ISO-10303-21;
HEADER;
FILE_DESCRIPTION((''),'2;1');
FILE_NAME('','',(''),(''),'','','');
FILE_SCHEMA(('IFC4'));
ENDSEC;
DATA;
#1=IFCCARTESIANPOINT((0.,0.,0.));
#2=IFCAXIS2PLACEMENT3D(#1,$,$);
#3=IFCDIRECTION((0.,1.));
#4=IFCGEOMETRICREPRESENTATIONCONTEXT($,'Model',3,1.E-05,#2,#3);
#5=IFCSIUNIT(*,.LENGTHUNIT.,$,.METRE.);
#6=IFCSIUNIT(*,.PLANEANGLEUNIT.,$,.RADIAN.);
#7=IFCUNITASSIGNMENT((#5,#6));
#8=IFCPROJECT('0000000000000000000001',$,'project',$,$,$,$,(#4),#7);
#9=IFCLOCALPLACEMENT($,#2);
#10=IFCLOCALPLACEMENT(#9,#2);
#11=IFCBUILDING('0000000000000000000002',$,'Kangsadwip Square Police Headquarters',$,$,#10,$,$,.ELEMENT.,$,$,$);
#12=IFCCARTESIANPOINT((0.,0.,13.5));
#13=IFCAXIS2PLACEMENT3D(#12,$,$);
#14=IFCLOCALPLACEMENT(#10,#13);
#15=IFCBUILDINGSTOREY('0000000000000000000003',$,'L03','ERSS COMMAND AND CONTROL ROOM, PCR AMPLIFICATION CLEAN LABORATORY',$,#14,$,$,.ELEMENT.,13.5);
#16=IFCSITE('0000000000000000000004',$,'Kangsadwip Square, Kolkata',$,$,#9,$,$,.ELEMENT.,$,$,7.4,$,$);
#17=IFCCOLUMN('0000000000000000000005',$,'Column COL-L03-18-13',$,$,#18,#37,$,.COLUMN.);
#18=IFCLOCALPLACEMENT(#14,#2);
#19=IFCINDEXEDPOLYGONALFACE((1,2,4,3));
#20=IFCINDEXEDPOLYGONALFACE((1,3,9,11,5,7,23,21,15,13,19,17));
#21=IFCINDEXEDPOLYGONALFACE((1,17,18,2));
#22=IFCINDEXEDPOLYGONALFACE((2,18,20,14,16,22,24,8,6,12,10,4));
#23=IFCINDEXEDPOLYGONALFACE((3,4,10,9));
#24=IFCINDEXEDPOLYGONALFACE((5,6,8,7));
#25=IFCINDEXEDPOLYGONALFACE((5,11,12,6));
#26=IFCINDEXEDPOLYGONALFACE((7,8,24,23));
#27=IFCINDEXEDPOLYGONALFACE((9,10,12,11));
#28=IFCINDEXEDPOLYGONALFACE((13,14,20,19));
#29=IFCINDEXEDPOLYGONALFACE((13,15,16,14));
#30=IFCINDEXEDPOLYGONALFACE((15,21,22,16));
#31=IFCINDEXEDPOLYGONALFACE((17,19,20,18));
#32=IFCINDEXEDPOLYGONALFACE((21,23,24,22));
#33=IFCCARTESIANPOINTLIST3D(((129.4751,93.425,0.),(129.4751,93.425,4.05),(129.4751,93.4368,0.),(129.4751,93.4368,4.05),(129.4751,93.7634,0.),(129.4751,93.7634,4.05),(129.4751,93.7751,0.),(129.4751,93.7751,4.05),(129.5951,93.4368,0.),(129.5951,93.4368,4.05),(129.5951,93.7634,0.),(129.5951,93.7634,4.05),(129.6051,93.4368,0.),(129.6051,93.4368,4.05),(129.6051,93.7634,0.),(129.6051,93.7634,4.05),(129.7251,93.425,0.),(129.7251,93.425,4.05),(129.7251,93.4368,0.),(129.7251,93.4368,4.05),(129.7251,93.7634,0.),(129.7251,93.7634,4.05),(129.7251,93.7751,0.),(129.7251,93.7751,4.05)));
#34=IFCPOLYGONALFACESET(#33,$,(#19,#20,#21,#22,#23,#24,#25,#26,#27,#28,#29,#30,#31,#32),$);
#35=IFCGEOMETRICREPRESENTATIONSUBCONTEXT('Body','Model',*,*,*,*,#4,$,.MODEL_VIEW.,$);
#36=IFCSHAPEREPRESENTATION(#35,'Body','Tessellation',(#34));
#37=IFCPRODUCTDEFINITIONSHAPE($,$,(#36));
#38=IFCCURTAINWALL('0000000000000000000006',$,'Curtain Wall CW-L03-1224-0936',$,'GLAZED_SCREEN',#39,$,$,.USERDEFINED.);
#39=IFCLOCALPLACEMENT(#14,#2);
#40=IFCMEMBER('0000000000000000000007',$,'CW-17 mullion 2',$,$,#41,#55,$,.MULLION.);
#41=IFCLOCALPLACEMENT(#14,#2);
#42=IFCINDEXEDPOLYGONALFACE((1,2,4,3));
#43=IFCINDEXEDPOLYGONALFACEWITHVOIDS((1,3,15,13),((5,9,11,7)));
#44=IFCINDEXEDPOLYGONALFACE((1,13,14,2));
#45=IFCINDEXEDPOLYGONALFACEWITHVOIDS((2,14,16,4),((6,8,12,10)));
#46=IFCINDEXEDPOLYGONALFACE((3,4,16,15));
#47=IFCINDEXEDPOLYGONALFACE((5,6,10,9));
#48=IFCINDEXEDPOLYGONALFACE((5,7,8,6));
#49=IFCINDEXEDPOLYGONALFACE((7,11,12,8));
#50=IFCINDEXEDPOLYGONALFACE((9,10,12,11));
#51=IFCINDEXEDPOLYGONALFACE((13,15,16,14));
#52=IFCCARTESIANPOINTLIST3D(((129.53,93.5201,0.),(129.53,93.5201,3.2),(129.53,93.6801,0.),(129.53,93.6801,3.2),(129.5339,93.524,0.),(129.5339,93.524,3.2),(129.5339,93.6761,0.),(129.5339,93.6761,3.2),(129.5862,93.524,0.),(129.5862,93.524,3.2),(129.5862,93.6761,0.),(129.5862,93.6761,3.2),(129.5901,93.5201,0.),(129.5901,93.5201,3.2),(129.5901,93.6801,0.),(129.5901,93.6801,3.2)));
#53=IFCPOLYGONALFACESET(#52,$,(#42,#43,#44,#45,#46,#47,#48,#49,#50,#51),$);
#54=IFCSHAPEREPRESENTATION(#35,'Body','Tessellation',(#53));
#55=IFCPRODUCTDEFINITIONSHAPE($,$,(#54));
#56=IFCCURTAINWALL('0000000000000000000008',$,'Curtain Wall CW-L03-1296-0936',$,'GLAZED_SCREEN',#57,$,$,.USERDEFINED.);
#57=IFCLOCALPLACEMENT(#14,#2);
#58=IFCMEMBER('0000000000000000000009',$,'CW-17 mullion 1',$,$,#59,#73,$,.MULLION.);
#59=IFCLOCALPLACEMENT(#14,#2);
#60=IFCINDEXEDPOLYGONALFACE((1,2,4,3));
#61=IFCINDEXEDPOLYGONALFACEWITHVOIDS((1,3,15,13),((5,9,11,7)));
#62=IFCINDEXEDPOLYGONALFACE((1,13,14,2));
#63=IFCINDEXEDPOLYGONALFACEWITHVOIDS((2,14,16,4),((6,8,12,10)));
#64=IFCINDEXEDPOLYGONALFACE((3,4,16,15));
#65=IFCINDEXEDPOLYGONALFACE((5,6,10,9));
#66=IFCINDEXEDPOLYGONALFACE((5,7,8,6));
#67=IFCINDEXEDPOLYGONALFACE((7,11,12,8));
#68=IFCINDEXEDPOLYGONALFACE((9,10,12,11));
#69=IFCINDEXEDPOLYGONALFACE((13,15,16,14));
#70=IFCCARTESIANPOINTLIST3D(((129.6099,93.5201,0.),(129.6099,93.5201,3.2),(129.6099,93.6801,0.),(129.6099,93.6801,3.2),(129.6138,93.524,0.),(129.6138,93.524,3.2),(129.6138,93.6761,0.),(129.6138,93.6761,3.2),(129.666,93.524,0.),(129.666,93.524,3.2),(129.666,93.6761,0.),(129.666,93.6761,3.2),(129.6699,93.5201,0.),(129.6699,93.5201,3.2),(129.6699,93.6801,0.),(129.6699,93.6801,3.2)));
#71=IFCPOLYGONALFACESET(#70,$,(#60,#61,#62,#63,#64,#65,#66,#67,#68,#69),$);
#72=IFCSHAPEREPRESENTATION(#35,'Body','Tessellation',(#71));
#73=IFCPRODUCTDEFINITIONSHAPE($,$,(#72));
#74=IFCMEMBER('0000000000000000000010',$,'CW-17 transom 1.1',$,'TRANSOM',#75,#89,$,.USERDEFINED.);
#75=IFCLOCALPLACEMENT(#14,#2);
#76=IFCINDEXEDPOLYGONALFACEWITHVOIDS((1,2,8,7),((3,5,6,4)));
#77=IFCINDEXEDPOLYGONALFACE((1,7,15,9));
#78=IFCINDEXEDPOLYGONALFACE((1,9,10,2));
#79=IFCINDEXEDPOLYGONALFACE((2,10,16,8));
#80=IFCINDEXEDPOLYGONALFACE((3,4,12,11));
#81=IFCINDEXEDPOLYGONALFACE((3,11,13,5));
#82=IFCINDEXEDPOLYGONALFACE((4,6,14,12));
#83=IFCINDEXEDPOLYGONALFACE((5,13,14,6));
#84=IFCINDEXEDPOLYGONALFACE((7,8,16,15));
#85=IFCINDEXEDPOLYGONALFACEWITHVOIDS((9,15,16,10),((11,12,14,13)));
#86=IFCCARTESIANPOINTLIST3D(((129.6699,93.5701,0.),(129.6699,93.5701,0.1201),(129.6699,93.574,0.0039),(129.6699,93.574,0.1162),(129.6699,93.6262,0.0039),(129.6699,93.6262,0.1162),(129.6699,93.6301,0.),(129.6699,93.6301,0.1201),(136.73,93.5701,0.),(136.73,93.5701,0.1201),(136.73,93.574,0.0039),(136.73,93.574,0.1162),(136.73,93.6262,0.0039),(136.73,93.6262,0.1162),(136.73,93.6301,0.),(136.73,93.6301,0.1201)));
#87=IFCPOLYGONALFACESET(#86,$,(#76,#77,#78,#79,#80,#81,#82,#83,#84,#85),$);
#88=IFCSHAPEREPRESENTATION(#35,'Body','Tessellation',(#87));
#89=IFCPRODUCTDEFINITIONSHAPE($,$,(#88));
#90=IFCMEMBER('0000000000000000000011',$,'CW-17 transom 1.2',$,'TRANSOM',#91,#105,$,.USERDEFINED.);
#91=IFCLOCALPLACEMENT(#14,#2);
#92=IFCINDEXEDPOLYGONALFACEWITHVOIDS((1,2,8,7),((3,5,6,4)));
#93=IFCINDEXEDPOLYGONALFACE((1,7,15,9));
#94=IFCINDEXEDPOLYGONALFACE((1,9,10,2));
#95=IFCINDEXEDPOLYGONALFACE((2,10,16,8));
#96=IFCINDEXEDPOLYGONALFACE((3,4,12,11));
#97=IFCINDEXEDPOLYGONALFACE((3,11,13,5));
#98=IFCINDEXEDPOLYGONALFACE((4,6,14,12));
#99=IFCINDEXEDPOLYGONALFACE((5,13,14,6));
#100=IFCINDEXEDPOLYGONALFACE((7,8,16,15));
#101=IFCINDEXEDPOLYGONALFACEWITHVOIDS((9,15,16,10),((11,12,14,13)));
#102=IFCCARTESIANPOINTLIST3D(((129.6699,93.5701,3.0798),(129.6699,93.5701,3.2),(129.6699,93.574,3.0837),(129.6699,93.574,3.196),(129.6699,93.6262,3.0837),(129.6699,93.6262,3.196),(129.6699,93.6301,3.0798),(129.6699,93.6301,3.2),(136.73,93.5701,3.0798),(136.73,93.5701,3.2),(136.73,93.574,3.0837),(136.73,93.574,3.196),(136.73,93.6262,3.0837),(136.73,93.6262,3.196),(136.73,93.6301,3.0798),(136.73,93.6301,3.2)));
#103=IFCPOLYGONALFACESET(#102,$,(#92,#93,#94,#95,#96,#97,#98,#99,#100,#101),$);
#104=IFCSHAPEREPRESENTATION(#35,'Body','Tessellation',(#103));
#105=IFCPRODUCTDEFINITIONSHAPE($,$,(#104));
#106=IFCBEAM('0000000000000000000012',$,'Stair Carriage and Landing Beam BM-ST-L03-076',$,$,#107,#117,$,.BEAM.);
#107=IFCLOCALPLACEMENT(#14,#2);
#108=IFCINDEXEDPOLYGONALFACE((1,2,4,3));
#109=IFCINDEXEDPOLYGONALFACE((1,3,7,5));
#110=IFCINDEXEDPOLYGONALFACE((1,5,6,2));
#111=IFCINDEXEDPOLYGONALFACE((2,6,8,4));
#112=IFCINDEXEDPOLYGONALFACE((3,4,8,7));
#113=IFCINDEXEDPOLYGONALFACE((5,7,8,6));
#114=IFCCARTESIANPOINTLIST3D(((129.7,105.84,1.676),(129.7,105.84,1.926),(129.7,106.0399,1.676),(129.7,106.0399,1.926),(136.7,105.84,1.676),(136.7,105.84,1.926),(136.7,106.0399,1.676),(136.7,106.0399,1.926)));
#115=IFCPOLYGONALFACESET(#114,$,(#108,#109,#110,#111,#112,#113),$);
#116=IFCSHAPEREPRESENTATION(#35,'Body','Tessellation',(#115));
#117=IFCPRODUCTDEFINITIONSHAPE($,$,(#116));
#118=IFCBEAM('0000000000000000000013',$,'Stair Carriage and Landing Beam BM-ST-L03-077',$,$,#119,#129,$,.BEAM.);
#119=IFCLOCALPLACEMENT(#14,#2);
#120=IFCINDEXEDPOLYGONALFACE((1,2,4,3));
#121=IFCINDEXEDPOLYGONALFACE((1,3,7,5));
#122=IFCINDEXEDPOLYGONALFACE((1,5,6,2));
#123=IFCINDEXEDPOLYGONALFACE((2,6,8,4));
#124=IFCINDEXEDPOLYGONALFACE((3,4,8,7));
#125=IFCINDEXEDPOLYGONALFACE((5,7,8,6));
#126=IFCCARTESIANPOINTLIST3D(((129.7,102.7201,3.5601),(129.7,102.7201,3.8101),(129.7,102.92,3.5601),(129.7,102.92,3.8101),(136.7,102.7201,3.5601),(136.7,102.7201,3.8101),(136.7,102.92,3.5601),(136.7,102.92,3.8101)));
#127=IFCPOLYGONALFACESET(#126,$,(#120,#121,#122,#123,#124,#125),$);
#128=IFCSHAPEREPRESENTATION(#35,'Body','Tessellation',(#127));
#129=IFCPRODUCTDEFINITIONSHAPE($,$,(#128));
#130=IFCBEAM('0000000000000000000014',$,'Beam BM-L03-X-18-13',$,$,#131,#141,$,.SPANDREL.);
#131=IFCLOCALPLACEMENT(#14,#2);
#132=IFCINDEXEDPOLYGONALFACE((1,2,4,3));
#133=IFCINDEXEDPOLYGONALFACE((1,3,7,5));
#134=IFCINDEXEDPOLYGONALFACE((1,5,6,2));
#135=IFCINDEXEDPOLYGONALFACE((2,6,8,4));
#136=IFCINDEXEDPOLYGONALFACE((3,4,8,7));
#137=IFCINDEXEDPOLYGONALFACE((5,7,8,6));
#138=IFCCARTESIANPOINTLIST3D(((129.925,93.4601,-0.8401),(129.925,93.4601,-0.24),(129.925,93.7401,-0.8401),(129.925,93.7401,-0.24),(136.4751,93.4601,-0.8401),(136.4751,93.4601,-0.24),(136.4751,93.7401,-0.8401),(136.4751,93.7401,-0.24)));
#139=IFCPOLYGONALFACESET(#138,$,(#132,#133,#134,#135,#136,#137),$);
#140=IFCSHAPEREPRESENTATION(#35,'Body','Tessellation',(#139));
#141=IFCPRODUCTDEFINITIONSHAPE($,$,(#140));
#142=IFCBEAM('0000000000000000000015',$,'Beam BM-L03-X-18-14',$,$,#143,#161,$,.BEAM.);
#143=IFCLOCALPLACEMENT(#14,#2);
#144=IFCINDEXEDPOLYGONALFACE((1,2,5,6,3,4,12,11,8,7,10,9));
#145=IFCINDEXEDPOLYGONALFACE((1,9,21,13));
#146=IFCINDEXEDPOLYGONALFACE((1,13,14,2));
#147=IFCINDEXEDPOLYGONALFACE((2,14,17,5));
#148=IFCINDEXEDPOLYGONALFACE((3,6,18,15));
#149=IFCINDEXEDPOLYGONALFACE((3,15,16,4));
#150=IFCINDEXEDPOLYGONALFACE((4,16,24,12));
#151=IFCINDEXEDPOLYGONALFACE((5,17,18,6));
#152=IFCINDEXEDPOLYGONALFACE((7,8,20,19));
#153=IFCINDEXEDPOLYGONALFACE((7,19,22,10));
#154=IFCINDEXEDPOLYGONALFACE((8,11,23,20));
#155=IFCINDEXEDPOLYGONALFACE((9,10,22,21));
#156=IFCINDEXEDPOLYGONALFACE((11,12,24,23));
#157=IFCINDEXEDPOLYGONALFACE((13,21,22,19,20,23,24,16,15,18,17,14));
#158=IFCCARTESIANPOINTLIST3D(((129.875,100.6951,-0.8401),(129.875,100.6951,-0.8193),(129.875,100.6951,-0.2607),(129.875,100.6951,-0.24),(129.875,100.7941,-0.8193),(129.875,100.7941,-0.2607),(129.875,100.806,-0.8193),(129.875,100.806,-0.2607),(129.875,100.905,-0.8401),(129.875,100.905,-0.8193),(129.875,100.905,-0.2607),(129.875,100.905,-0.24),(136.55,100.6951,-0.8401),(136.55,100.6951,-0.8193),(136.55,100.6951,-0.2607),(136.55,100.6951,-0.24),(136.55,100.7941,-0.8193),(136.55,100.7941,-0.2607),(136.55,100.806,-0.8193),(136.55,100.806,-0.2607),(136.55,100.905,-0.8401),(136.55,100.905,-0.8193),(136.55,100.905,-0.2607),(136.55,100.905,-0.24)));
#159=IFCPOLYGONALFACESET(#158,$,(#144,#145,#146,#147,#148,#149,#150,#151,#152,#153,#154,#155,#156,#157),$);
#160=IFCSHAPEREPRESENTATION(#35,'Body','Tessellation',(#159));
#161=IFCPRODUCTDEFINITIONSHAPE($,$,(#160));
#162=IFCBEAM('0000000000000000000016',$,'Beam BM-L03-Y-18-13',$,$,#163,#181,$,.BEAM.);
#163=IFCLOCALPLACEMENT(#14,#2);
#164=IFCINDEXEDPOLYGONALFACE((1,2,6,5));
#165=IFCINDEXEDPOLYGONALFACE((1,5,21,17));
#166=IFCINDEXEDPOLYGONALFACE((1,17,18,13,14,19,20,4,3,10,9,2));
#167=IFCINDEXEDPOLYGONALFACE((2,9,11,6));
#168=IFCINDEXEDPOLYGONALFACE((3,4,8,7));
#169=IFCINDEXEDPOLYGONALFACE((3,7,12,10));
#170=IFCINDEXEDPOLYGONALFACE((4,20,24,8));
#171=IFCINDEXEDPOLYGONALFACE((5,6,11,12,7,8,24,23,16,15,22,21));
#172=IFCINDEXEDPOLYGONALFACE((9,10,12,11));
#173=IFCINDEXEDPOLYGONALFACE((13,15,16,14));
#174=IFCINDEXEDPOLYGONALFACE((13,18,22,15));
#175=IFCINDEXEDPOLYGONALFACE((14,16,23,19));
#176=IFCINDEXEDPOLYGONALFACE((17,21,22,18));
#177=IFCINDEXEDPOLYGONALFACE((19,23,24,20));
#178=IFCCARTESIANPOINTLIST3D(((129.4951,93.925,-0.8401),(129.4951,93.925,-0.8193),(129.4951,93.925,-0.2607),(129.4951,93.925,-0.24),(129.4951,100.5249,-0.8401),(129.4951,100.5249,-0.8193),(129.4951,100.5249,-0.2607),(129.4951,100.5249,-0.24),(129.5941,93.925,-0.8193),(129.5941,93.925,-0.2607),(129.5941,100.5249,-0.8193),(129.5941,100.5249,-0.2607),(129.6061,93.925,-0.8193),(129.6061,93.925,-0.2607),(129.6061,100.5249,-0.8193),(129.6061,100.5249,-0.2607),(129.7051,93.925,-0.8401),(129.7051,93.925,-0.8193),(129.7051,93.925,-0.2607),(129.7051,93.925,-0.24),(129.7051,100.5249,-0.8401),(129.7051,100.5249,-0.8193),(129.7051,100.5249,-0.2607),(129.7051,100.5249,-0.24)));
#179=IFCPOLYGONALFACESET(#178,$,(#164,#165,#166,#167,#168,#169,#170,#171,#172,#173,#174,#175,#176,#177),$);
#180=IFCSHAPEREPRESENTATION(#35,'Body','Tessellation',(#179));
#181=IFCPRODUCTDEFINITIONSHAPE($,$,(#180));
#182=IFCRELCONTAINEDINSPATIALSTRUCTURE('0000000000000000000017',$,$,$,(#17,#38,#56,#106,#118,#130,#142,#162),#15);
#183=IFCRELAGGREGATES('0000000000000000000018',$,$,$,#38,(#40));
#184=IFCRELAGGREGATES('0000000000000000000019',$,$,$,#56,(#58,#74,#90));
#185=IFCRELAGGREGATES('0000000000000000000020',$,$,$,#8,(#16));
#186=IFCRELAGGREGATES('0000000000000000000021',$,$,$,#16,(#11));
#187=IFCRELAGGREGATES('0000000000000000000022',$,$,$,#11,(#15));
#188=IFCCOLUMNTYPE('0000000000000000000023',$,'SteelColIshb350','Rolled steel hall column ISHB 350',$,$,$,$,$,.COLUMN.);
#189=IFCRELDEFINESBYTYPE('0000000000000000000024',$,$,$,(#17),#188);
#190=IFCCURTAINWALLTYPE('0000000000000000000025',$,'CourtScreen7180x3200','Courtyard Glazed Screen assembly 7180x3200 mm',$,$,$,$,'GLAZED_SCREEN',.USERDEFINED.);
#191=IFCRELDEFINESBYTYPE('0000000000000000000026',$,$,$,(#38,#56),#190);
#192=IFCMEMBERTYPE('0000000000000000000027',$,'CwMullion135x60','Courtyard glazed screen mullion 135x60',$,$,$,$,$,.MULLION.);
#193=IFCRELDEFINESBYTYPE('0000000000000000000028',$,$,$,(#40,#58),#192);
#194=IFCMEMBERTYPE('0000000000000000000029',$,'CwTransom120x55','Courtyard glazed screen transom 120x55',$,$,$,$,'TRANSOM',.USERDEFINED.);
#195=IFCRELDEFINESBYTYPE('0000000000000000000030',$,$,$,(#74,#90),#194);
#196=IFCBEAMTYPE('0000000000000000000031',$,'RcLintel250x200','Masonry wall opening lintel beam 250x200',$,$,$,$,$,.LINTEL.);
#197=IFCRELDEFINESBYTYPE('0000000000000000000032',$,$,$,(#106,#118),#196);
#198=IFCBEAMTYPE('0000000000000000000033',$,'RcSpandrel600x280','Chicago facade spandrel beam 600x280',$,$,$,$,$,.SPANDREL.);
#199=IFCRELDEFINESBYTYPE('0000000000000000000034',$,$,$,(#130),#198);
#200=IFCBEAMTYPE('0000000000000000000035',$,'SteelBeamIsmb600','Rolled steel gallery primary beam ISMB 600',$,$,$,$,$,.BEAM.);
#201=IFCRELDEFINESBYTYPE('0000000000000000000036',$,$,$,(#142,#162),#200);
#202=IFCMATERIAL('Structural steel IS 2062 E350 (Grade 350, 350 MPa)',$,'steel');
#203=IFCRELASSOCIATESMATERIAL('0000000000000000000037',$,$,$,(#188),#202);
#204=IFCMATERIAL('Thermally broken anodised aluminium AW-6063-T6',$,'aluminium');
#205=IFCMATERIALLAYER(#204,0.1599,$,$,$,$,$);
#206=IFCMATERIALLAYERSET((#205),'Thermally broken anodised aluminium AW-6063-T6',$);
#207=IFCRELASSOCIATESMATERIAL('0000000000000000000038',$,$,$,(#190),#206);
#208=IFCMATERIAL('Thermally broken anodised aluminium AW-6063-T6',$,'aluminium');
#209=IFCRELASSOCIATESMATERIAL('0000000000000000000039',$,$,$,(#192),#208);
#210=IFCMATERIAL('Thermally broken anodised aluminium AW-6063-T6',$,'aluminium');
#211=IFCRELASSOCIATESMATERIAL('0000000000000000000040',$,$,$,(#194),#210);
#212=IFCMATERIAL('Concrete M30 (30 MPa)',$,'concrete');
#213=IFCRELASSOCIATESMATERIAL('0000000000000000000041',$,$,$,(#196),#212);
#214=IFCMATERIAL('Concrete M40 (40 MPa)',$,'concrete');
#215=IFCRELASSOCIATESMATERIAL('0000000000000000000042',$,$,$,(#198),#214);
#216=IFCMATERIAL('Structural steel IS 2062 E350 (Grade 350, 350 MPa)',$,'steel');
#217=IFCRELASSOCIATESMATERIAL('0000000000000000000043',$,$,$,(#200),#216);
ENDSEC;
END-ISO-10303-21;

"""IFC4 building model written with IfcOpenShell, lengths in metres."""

from ifc_helpers import new_model, si_unit, direction, frame, origin, origin_2d, place, context, subcontext, project, spatial, rectangle, hollow_rectangle, i_section, extrude, material, layer, layer_set, material_profile, profile_set, type_object, element, aggregate, save


model = new_model("IFC4")

# Units and contexts
model_context = context("Model", 3, precision=1e-05, world=origin(), true_north=direction((0.0, 1.0)))
body_context = subcontext(model_context, "Body", "Model", "MODEL_VIEW")
ifc_project = project(units=[si_unit("LENGTHUNIT", "METRE"), si_unit("PLANEANGLEUNIT", "RADIAN")], contexts=[model_context])

# Site, building, storey
site_placement = place(None, origin())
site = spatial("IfcSite", under=ifc_project, at=site_placement, Name="Kangsadwip Square, Kolkata", CompositionType="ELEMENT", RefElevation=7.4)
building_placement = place(site_placement, origin())
building = spatial("IfcBuilding", under=site, at=building_placement, Name="Kangsadwip Square Police Headquarters", CompositionType="ELEMENT")
storey_placement = place(building_placement, frame((0.0, 0.0, 13.5)))
storey = spatial("IfcBuildingStorey", under=building, at=storey_placement, Name="L03", Description="ERSS COMMAND AND CONTROL ROOM, PCR AMPLIFICATION CLEAN LABORATORY", CompositionType="ELEMENT", Elevation=13.5)

# Column
ifc_material_1 = material(Name="Structural steel IS 2062 E350 (Grade 350, 350 MPa)", Category="steel")
ifc_material_profile_1 = material_profile(ifc_material_1, i_section(OverallWidth=0.25, OverallDepth=0.3501, WebThickness=0.01, FlangeThickness=0.0117, at=origin_2d()), Name="ISHB 350")
ifc_profile_set_1 = profile_set([ifc_material_profile_1], Name="Structural steel IS 2062 E350 (Grade 350, 350 MPa)")
column_type = type_object("IfcColumnType", Name="SteelColIshb350", Description="Rolled steel hall column ISHB 350", PredefinedType="COLUMN", material=ifc_profile_set_1)
column_placement = place(storey_placement, frame((129.6001, 93.6001, 0.0), z_axis=(0.0, 0.0, 1.0), x_axis=(1.0, 0.0, 0.0)))
element("IfcColumn", 1, at=column_placement, inside=storey, type_object=column_type, Name="Column COL-L03-18-13", PredefinedType="COLUMN", context=body_context, shape_type="SweptSolid", body=[
    extrude(i_section(OverallWidth=0.25, OverallDepth=0.3501, WebThickness=0.01, FlangeThickness=0.0117, at=origin_2d()), origin(), (0.0, 0.0, 1.0), 4.05),
])

# Curtain wall, member
ifc_material_2 = material(Name="Thermally broken anodised aluminium AW-6063-T6", Category="aluminium")
ifc_layer_1 = layer(ifc_material_2, 0.1599)
ifc_layer_set_1 = layer_set([ifc_layer_1], Name="Thermally broken anodised aluminium AW-6063-T6")
curtain_wall_type = type_object("IfcCurtainWallType", Name="CourtScreen7180x3200", Description="Courtyard Glazed Screen assembly 7180x3200 mm", ElementType="GLAZED_SCREEN", PredefinedType="USERDEFINED", material=ifc_layer_set_1)
curtain_wall_1_placement = place(storey_placement, origin())
curtain_wall_1 = element("IfcCurtainWall", 2, at=curtain_wall_1_placement, inside=storey, type_object=curtain_wall_type, Name="Curtain Wall CW-L03-1224-0936", ObjectType="GLAZED_SCREEN", PredefinedType="USERDEFINED")
ifc_material_3 = material(Name="Thermally broken anodised aluminium AW-6063-T6", Category="aluminium")
ifc_material_profile_2 = material_profile(ifc_material_3, hollow_rectangle(XDim=0.0601, YDim=0.1599, WallThickness=0.0039, at=origin_2d()), Name="CWM 160X60X4")
ifc_profile_set_2 = profile_set([ifc_material_profile_2], Name="Thermally broken anodised aluminium AW-6063-T6")
member_type_1 = type_object("IfcMemberType", Name="CwMullion135x60", Description="Courtyard glazed screen mullion 135x60", PredefinedType="MULLION", material=ifc_profile_set_2)
member_1_placement = place(storey_placement, frame((129.5601, 93.6001, 0.0), z_axis=(0.0, 0.0, 1.0), x_axis=(1.0, 0.0, 0.0)))
member_1 = element("IfcMember", 3, at=member_1_placement, type_object=member_type_1, Name="CW-17 mullion 2", PredefinedType="MULLION", context=body_context, shape_type="SweptSolid", body=[
    extrude(hollow_rectangle(XDim=0.0601, YDim=0.1599, WallThickness=0.0039, at=origin_2d()), origin(), (0.0, 0.0, 1.0), 3.2),
])

# Curtain wall, members
curtain_wall_2_placement = place(storey_placement, origin())
curtain_wall_2 = element("IfcCurtainWall", 4, at=curtain_wall_2_placement, inside=storey, type_object=curtain_wall_type, Name="Curtain Wall CW-L03-1296-0936", ObjectType="GLAZED_SCREEN", PredefinedType="USERDEFINED")
member_2_placement = place(storey_placement, frame((129.6399, 93.6001, 0.0), z_axis=(0.0, 0.0, 1.0), x_axis=(1.0, 0.0, 0.0)))
member_2 = element("IfcMember", 5, at=member_2_placement, type_object=member_type_1, Name="CW-17 mullion 1", PredefinedType="MULLION", context=body_context, shape_type="SweptSolid", body=[
    extrude(hollow_rectangle(XDim=0.0601, YDim=0.1599, WallThickness=0.0039, at=origin_2d()), origin(), (0.0, 0.0, 1.0), 3.2),
])
ifc_material_4 = material(Name="Thermally broken anodised aluminium AW-6063-T6", Category="aluminium")
ifc_material_profile_3 = material_profile(ifc_material_4, hollow_rectangle(XDim=0.0601, YDim=0.1201, WallThickness=0.0039, at=origin_2d()), Name="CWT 120X60X4")
ifc_profile_set_3 = profile_set([ifc_material_profile_3], Name="Thermally broken anodised aluminium AW-6063-T6")
member_type_2 = type_object("IfcMemberType", Name="CwTransom120x55", Description="Courtyard glazed screen transom 120x55", ElementType="TRANSOM", PredefinedType="USERDEFINED", material=ifc_profile_set_3)
member_3_placement = place(storey_placement, frame((129.6699, 93.6001, 0.0601), z_axis=(1.0, 0.0, 0.0), x_axis=(0.0, 1.0, 0.0)))
member_3 = element("IfcMember", 6, at=member_3_placement, type_object=member_type_2, Name="CW-17 transom 1.1", ObjectType="TRANSOM", PredefinedType="USERDEFINED", context=body_context, shape_type="SweptSolid", body=[
    extrude(hollow_rectangle(XDim=0.0601, YDim=0.1201, WallThickness=0.0039, at=origin_2d()), origin(), (0.0, 0.0, 1.0), 7.0601),
])
member_4_placement = place(storey_placement, frame((129.6699, 93.6001, 3.1399), z_axis=(1.0, 0.0, 0.0), x_axis=(0.0, 1.0, 0.0)))
member_4 = element("IfcMember", 7, at=member_4_placement, type_object=member_type_2, Name="CW-17 transom 1.2", ObjectType="TRANSOM", PredefinedType="USERDEFINED", context=body_context, shape_type="SweptSolid", body=[
    extrude(hollow_rectangle(XDim=0.0601, YDim=0.1201, WallThickness=0.0039, at=origin_2d()), origin(), (0.0, 0.0, 1.0), 7.0601),
])

# Beams
ifc_material_5 = material(Name="Concrete M30 (30 MPa)", Category="concrete")
ifc_material_profile_4 = material_profile(ifc_material_5, rectangle(XDim=0.2, YDim=0.25, at=origin_2d()), Name="RC LNT 250X200")
ifc_profile_set_4 = profile_set([ifc_material_profile_4], Name="Concrete M30 (30 MPa)")
beam_type_1 = type_object("IfcBeamType", Name="RcLintel250x200", Description="Masonry wall opening lintel beam 250x200", PredefinedType="LINTEL", material=ifc_profile_set_4)
for number, where, z_axis, x_axis, name in (
    (8, (129.7, 105.9399, 1.801), (1.0, 0.0, 0.0), (0.0, 1.0, 0.0), "Stair Carriage and Landing Beam BM-ST-L03-076"),
    (9, (129.7, 102.8201, 3.6851), (1.0, 0.0, 0.0), (0.0, 1.0, 0.0), "Stair Carriage and Landing Beam BM-ST-L03-077"),
):
    element("IfcBeam", number, at=place(storey_placement, frame(where, z_axis=z_axis, x_axis=x_axis)), inside=storey, type_object=beam_type_1, Name=name, PredefinedType="BEAM", context=body_context, shape_type="SweptSolid", body=[
        extrude(rectangle(XDim=0.2, YDim=0.25, at=origin_2d()), origin(), (0.0, 0.0, 1.0), 7.0),
    ])
ifc_material_6 = material(Name="Concrete M40 (40 MPa)", Category="concrete")
ifc_material_profile_5 = material_profile(ifc_material_6, rectangle(XDim=0.28, YDim=0.6001, at=origin_2d()), Name="RC SPN 600X280")
ifc_profile_set_5 = profile_set([ifc_material_profile_5], Name="Concrete M40 (40 MPa)")
beam_type_2 = type_object("IfcBeamType", Name="RcSpandrel600x280", Description="Chicago facade spandrel beam 600x280", PredefinedType="SPANDREL", material=ifc_profile_set_5)
beam_1_placement = place(storey_placement, frame((129.925, 93.6001, -0.54), z_axis=(1.0, 0.0, 0.0), x_axis=(0.0, 1.0, 0.0)))
element("IfcBeam", 10, at=beam_1_placement, inside=storey, type_object=beam_type_2, Name="Beam BM-L03-X-18-13", PredefinedType="SPANDREL", context=body_context, shape_type="SweptSolid", body=[
    extrude(rectangle(XDim=0.28, YDim=0.6001, at=origin_2d()), origin(), (0.0, 0.0, 1.0), 6.55),
])
ifc_material_7 = material(Name="Structural steel IS 2062 E350 (Grade 350, 350 MPa)", Category="steel")
ifc_material_profile_6 = material_profile(ifc_material_7, i_section(OverallWidth=0.21, OverallDepth=0.6001, WebThickness=0.012, FlangeThickness=0.0208, at=origin_2d()), Name="ISMB 600")
ifc_profile_set_6 = profile_set([ifc_material_profile_6], Name="Structural steel IS 2062 E350 (Grade 350, 350 MPa)")
beam_type_3 = type_object("IfcBeamType", Name="SteelBeamIsmb600", Description="Rolled steel gallery primary beam ISMB 600", PredefinedType="BEAM", material=ifc_profile_set_6)
beam_2_placement = place(storey_placement, frame((129.875, 100.8, -0.54), z_axis=(1.0, 0.0, 0.0), x_axis=(0.0, 1.0, 0.0)))
element("IfcBeam", 11, at=beam_2_placement, inside=storey, type_object=beam_type_3, Name="Beam BM-L03-X-18-14", PredefinedType="BEAM", context=body_context, shape_type="SweptSolid", body=[
    extrude(i_section(OverallWidth=0.21, OverallDepth=0.6001, WebThickness=0.012, FlangeThickness=0.0208, at=origin_2d()), origin(), (0.0, 0.0, 1.0), 6.675),
])
beam_3_placement = place(storey_placement, frame((129.6001, 93.925, -0.54), z_axis=(0.0, 1.0, 0.0), x_axis=(-1.0, 0.0, 0.0)))
element("IfcBeam", 12, at=beam_3_placement, inside=storey, type_object=beam_type_3, Name="Beam BM-L03-Y-18-13", PredefinedType="BEAM", context=body_context, shape_type="SweptSolid", body=[
    extrude(i_section(OverallWidth=0.21, OverallDepth=0.6001, WebThickness=0.012, FlangeThickness=0.0208, at=origin_2d()), origin(), (0.0, 0.0, 1.0), 6.5999),
])

aggregate(curtain_wall_1, [member_1])
aggregate(curtain_wall_2, [member_2, member_3, member_4])

save(model, "model.ifc")
